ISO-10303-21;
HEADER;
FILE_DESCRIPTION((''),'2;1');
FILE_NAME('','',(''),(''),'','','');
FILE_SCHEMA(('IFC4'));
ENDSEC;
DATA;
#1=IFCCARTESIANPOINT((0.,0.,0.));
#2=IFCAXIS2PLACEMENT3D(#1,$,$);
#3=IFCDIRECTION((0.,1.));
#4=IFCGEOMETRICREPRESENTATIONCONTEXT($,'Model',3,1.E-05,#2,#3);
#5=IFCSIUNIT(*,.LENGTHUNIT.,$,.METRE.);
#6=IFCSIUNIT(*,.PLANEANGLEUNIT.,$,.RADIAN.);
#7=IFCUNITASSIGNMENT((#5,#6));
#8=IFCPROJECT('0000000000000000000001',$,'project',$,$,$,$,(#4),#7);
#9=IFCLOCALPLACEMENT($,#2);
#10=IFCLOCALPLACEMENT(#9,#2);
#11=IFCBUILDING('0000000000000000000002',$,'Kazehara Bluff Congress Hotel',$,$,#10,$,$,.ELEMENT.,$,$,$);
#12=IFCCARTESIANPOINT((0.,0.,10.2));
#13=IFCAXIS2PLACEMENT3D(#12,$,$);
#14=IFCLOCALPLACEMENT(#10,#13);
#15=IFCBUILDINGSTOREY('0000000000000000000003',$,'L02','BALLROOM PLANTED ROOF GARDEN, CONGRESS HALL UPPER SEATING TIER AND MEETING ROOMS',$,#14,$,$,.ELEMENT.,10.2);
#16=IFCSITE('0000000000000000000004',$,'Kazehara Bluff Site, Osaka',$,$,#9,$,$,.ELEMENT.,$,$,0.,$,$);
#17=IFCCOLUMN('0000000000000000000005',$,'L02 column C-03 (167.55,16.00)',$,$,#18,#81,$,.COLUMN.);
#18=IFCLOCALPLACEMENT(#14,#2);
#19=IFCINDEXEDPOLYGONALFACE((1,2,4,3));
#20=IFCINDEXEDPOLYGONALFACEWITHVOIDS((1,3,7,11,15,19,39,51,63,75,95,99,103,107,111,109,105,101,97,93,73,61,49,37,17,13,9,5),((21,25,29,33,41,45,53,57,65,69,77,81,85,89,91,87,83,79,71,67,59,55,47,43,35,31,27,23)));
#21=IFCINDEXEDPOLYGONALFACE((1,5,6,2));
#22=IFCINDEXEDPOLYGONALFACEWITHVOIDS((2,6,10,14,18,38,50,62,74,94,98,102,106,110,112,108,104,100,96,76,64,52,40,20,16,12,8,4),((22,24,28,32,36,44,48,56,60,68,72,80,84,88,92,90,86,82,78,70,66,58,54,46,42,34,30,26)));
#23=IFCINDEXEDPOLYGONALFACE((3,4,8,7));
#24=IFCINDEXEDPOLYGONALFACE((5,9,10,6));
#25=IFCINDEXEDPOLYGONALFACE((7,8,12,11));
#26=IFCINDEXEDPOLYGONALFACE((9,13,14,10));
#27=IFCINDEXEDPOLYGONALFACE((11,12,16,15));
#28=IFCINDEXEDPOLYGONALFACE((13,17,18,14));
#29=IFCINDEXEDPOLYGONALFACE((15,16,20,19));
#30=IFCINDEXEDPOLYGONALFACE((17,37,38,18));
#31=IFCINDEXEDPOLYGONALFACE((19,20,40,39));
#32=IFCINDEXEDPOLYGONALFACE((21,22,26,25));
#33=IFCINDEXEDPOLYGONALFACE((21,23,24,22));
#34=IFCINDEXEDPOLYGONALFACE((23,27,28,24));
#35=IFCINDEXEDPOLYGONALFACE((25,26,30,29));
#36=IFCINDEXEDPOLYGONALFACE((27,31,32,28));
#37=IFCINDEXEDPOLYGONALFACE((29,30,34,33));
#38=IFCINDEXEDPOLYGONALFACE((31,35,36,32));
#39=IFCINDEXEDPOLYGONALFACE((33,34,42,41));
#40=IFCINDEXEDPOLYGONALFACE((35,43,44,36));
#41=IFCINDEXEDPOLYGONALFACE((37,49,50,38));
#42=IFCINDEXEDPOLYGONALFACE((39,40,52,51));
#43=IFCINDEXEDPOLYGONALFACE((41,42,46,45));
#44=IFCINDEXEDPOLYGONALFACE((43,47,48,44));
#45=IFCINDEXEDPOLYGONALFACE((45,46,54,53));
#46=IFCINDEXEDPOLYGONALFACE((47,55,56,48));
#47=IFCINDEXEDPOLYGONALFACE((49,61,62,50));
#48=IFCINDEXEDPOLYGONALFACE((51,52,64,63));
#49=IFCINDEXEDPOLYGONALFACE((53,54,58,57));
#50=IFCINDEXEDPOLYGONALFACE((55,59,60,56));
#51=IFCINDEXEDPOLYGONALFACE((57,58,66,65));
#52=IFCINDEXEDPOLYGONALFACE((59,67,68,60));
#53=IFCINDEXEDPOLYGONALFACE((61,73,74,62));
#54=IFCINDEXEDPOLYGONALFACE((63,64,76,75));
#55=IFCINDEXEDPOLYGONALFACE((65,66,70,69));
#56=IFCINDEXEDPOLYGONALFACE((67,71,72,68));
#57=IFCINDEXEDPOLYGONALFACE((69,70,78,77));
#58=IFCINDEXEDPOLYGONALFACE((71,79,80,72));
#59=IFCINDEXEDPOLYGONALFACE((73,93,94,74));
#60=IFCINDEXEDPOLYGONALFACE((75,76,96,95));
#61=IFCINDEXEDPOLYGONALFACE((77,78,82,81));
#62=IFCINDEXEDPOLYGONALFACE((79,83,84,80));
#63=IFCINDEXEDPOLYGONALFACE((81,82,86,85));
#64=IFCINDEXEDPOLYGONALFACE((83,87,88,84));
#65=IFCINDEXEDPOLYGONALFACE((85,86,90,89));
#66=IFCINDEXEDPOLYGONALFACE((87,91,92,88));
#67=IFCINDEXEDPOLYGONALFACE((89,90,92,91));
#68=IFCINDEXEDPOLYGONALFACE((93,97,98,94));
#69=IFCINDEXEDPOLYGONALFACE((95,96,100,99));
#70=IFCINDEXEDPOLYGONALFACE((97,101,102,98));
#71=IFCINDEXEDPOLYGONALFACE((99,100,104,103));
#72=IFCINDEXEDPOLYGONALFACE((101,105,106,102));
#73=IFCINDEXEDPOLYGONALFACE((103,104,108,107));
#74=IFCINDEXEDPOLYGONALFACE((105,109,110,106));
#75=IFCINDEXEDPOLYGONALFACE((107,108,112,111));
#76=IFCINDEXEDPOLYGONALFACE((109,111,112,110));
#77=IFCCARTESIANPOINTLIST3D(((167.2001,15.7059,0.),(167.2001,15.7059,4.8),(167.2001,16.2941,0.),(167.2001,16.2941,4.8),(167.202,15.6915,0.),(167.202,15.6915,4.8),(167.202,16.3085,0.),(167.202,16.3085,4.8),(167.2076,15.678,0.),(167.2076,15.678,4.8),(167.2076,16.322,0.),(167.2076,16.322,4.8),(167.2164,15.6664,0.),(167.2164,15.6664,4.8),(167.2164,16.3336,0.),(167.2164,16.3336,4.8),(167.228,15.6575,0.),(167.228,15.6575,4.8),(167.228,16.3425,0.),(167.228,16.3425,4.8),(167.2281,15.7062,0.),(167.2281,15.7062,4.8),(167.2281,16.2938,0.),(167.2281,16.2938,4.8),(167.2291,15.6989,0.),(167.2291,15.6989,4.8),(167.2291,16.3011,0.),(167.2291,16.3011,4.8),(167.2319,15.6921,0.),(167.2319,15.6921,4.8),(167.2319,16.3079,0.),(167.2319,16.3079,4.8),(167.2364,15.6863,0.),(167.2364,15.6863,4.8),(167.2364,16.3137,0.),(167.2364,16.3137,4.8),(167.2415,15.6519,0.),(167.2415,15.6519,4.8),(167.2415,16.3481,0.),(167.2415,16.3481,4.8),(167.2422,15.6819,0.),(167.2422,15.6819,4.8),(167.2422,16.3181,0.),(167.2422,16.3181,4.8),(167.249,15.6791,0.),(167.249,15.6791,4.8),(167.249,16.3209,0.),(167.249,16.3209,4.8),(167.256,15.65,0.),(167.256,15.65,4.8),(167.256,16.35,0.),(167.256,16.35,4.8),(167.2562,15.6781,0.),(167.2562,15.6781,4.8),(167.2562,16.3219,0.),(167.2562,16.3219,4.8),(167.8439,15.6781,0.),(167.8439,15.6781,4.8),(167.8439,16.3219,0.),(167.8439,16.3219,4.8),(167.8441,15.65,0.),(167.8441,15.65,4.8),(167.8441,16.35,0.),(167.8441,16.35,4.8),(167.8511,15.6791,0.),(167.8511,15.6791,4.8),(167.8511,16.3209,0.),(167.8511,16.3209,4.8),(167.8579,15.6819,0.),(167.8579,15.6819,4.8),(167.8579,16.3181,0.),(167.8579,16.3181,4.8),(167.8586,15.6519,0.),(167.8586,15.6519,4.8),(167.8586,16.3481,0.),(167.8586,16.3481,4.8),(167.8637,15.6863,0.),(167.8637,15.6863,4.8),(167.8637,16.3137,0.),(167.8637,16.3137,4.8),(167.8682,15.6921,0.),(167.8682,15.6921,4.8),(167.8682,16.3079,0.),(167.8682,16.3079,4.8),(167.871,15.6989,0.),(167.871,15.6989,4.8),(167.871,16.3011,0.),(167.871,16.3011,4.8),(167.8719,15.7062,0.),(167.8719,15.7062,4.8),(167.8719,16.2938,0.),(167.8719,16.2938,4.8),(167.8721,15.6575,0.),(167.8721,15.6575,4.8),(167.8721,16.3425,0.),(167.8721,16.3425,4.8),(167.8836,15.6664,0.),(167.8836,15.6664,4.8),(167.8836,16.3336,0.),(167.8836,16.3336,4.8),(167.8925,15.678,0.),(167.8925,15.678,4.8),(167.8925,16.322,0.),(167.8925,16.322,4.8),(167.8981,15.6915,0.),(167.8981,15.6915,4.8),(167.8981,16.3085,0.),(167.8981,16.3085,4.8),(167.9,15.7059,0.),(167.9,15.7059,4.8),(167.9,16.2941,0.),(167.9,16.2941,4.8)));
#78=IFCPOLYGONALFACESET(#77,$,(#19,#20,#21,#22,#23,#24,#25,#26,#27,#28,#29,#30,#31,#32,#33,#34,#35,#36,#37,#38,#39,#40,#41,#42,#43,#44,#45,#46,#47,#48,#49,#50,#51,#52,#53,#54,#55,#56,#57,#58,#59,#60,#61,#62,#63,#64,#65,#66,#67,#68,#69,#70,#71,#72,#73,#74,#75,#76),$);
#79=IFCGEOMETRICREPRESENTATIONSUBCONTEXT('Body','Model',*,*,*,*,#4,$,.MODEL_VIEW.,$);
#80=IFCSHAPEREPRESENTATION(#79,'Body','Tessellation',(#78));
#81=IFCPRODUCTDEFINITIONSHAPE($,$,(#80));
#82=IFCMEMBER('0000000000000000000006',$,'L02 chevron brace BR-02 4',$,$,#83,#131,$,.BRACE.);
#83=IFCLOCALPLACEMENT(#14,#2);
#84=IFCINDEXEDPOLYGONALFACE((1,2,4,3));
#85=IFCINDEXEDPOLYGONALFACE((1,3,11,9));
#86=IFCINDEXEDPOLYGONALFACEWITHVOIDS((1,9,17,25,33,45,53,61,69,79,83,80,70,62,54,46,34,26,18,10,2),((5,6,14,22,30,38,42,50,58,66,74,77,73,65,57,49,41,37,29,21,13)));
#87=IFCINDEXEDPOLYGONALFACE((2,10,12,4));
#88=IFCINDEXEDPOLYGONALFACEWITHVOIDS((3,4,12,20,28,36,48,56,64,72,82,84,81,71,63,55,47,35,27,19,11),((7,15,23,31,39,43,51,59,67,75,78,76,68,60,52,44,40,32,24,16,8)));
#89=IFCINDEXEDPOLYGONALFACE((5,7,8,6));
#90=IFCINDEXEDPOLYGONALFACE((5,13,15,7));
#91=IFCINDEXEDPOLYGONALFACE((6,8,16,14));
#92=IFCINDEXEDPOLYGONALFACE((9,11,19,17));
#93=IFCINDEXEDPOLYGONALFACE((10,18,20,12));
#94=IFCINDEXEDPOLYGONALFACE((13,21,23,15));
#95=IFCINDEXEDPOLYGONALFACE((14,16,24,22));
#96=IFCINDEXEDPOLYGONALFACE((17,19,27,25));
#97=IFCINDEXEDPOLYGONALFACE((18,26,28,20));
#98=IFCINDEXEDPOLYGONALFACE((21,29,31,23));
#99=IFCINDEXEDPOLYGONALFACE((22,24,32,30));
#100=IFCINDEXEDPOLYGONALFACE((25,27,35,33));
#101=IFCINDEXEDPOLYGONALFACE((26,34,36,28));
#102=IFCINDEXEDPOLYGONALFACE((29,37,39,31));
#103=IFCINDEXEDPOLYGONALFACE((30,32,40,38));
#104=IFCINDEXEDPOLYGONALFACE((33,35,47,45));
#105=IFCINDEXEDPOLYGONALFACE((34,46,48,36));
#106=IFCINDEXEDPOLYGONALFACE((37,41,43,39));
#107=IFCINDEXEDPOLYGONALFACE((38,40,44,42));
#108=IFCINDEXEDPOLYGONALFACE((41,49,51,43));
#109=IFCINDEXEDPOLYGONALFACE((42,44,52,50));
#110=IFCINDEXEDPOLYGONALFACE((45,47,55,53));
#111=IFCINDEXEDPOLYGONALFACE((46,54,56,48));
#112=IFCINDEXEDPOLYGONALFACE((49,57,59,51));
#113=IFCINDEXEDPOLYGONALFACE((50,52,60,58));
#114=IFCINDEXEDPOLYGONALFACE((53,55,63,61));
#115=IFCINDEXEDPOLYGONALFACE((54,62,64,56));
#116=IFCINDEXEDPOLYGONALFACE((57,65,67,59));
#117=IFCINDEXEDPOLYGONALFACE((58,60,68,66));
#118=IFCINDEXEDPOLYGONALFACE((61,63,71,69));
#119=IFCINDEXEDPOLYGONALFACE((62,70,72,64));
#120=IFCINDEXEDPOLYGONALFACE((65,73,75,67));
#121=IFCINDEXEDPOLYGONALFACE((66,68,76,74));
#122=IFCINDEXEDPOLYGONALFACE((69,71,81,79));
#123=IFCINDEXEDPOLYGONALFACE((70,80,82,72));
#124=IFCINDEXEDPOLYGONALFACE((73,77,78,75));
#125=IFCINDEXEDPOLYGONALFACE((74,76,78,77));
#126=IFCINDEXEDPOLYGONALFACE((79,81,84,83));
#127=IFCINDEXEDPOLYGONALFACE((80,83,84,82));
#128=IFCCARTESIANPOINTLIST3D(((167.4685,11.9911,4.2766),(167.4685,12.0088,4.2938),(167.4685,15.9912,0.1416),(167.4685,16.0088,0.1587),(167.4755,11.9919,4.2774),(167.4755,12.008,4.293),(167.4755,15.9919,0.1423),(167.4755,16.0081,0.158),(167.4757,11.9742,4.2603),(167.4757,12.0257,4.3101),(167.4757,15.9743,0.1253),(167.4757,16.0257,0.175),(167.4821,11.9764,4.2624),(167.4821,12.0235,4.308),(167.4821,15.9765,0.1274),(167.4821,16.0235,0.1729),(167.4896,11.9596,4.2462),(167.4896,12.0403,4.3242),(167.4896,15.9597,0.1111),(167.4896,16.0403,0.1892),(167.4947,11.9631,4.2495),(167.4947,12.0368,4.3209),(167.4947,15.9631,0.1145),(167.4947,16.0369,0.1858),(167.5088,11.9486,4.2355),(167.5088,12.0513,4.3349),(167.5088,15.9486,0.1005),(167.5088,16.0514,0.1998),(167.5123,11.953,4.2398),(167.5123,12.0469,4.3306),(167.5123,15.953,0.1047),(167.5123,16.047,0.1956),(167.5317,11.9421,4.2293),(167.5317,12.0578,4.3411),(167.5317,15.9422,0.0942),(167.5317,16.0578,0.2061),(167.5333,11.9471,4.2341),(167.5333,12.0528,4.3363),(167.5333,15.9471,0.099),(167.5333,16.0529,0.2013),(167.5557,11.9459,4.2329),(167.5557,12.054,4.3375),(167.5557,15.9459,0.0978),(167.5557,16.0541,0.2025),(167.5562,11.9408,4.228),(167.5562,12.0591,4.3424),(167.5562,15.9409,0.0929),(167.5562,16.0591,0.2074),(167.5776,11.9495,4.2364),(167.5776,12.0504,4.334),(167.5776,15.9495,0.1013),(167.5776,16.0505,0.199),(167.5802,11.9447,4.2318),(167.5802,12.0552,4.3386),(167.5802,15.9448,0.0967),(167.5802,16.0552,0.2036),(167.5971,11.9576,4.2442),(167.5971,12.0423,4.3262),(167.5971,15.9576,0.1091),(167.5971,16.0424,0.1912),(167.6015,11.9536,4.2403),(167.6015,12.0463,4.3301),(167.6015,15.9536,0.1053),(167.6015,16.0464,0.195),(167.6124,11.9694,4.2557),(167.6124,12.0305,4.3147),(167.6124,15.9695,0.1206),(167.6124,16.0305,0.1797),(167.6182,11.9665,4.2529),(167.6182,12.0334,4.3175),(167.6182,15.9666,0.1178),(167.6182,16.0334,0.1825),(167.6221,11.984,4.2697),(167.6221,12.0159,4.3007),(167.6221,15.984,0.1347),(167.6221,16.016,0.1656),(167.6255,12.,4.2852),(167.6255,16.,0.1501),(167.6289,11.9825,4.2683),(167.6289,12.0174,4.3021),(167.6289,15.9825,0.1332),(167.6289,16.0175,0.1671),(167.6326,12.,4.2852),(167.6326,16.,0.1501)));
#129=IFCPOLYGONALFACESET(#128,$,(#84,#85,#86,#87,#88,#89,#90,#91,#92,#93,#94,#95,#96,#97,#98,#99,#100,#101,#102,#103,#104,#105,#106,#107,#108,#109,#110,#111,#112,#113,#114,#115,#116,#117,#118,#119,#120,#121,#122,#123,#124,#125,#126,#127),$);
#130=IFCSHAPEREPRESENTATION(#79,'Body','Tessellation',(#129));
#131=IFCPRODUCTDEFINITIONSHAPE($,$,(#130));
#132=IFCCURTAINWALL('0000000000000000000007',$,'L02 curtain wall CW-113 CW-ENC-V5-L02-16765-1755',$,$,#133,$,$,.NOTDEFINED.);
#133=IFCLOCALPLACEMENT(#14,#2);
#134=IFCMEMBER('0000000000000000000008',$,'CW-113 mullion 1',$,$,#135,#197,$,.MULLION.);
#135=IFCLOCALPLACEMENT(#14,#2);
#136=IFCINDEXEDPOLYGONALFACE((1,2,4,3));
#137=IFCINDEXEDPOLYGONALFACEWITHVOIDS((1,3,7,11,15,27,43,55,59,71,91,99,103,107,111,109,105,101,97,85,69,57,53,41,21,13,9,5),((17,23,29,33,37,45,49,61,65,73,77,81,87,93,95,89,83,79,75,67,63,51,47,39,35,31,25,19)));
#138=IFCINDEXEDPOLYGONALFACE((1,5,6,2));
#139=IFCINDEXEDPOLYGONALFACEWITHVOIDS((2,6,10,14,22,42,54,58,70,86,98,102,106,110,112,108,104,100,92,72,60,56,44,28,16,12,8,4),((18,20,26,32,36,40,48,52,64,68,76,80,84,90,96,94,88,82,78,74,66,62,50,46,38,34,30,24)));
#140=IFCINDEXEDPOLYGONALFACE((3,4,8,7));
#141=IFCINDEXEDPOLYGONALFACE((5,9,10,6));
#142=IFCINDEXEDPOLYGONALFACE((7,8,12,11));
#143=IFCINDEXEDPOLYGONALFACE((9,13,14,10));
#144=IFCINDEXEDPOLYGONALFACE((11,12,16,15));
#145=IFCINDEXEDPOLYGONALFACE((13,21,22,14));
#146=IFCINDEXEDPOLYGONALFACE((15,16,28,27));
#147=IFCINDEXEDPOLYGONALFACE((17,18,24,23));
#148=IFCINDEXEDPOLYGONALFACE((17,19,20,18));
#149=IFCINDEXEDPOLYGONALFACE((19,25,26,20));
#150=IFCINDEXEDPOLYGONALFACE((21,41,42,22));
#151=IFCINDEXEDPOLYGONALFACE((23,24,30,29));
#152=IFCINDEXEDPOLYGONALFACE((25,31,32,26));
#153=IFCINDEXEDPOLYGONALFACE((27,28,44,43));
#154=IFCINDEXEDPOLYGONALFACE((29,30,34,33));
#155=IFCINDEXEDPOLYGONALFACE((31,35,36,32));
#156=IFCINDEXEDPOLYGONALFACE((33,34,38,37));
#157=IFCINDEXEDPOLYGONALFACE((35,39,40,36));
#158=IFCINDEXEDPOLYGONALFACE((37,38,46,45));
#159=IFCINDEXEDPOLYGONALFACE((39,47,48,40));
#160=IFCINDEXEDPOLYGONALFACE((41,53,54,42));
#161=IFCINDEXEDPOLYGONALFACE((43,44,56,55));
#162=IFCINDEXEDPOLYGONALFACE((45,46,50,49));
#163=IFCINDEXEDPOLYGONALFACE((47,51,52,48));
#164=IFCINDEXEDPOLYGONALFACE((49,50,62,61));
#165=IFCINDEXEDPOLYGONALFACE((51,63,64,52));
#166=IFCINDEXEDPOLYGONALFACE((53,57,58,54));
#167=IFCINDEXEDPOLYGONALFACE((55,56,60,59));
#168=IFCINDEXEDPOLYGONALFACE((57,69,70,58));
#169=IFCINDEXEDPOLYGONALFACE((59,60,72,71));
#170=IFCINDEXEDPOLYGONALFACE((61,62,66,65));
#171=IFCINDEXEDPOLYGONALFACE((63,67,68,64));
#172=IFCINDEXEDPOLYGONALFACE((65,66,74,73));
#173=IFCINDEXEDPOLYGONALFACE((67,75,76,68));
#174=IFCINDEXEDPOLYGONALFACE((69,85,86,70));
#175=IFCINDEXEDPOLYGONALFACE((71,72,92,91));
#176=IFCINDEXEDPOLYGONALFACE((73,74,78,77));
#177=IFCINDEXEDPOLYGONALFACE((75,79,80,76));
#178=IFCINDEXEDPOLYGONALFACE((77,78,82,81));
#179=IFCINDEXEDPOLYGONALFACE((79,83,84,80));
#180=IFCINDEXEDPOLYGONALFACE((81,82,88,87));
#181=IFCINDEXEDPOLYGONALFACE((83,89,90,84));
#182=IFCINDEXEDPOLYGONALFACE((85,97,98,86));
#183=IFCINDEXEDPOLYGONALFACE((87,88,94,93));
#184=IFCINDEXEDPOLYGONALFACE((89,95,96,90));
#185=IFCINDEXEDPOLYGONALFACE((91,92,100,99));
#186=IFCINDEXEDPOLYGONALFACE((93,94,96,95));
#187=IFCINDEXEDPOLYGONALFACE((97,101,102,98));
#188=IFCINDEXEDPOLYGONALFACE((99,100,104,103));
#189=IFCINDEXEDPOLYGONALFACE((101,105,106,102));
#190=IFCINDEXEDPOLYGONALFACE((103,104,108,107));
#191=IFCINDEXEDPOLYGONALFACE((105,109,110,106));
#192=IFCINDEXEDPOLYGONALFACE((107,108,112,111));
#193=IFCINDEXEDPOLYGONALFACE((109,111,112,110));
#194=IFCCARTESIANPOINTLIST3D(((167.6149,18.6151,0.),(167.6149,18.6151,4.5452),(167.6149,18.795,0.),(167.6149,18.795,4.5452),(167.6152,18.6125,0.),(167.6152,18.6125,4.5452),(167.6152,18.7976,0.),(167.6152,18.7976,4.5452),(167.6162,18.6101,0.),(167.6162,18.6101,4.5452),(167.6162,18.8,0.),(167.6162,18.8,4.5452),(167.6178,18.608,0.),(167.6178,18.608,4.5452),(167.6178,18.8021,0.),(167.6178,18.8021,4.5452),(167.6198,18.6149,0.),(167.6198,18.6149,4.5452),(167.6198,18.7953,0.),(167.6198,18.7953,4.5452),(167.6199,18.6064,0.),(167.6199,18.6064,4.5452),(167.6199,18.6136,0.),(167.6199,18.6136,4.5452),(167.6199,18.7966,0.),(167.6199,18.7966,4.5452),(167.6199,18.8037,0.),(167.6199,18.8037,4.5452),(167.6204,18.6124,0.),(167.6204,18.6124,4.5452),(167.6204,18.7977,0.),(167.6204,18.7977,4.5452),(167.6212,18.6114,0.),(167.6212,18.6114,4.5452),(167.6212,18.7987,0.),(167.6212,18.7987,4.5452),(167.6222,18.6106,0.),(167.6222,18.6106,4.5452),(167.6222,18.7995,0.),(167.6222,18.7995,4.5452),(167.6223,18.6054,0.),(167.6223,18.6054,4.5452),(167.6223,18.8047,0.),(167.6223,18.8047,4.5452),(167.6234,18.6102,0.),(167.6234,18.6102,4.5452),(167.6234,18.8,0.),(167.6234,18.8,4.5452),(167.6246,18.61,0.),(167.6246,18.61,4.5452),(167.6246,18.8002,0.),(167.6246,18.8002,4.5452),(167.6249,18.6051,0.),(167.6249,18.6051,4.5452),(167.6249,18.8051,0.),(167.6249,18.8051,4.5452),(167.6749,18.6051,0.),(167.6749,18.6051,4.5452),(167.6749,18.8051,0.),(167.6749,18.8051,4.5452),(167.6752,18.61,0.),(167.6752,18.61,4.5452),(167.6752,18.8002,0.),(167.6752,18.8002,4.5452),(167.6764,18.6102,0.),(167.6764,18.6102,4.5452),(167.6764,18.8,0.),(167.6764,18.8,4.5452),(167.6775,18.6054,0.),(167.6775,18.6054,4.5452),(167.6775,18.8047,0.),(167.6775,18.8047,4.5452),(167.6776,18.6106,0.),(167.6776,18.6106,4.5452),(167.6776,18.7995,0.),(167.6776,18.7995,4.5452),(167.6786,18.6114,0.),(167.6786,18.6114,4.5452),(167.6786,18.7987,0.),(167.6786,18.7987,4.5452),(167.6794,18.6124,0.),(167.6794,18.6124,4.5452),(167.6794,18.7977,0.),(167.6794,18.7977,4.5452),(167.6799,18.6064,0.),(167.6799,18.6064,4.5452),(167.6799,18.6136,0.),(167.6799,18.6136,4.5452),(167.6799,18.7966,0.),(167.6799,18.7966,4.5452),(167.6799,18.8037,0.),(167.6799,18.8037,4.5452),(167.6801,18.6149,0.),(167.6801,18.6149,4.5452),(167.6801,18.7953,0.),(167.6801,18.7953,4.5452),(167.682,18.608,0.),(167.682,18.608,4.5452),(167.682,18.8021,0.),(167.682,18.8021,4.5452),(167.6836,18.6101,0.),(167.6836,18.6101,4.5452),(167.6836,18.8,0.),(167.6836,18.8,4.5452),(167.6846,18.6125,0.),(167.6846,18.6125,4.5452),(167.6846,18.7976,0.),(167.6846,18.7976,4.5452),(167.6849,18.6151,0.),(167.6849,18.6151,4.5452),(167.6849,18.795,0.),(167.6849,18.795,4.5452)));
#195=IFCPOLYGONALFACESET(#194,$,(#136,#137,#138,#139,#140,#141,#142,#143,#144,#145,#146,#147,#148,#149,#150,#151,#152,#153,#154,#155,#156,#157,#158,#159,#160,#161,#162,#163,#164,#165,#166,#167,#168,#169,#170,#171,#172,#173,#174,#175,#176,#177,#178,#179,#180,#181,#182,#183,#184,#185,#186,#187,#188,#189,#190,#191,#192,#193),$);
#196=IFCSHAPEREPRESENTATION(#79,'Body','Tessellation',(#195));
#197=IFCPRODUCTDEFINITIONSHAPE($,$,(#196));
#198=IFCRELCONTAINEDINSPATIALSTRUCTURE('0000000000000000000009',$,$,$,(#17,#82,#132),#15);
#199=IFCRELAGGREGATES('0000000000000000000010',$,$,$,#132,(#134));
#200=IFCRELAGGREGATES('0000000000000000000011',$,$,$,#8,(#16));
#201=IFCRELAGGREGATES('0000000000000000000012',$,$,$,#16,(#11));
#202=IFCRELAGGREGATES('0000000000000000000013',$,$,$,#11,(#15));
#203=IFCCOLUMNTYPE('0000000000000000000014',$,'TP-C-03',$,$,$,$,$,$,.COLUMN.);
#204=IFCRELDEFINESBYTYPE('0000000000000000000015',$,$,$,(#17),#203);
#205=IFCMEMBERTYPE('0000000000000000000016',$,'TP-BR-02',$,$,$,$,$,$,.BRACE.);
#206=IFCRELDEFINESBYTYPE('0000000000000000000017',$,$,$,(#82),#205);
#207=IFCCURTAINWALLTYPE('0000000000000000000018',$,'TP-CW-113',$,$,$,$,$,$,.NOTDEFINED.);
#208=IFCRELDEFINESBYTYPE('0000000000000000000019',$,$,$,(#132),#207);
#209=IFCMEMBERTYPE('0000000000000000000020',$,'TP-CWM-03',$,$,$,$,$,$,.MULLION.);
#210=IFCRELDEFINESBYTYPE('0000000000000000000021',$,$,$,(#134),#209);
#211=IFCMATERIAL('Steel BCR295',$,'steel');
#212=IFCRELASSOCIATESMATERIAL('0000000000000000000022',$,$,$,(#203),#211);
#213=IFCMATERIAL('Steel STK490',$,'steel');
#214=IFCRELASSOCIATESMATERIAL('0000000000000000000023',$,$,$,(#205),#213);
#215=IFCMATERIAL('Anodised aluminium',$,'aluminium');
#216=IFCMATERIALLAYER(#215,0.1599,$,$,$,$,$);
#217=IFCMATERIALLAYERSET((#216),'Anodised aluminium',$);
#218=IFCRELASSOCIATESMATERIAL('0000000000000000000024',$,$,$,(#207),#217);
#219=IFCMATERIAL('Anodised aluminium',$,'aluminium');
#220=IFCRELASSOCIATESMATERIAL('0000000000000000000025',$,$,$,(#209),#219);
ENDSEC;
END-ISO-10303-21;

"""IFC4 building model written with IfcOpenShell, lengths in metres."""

from ifc_helpers import new_model, si_unit, direction, frame, origin, origin_2d, place, context, subcontext, project, spatial, hollow_rectangle, hollow_circle, extrude, material, layer, layer_set, material_profile, profile_set, type_object, element, aggregate, save


model = new_model("IFC4")

# Units and contexts
model_context = context("Model", 3, precision=1e-05, world=origin(), true_north=direction((0.0, 1.0)))
body_context = subcontext(model_context, "Body", "Model", "MODEL_VIEW")
ifc_project = project(units=[si_unit("LENGTHUNIT", "METRE"), si_unit("PLANEANGLEUNIT", "RADIAN")], contexts=[model_context])

# Site, building, storey
site_placement = place(None, origin())
site = spatial("IfcSite", under=ifc_project, at=site_placement, Name="Kazehara Bluff Site, Osaka", CompositionType="ELEMENT", RefElevation=0.0)
building_placement = place(site_placement, origin())
building = spatial("IfcBuilding", under=site, at=building_placement, Name="Kazehara Bluff Congress Hotel", CompositionType="ELEMENT")
storey_placement = place(building_placement, frame((0.0, 0.0, 10.2)))
storey = spatial("IfcBuildingStorey", under=building, at=storey_placement, Name="L02", Description="BALLROOM PLANTED ROOF GARDEN, CONGRESS HALL UPPER SEATING TIER AND MEETING ROOMS", CompositionType="ELEMENT", Elevation=10.2)

# Column
ifc_material_1 = material(Name="Steel BCR295", Category="steel")
ifc_material_profile_1 = material_profile(ifc_material_1, hollow_rectangle(XDim=0.7, YDim=0.7, WallThickness=0.0281, InnerFilletRadius=0.0281, OuterFilletRadius=0.0559, at=origin_2d()))
ifc_profile_set_1 = profile_set([ifc_material_profile_1], Name="Steel BCR295")
column_type = type_object("IfcColumnType", Name="TP-C-03", PredefinedType="COLUMN", material=ifc_profile_set_1)
column_placement = place(storey_placement, frame((167.55, 16.0, 0.0), z_axis=(0.0, 0.0, 1.0), x_axis=(1.0, 0.0, 0.0)))
element("IfcColumn", 1, at=column_placement, inside=storey, type_object=column_type, Name="L02 column C-03 (167.55,16.00)", PredefinedType="COLUMN", context=body_context, shape_type="SweptSolid", body=[
    extrude(hollow_rectangle(XDim=0.7, YDim=0.7, WallThickness=0.0281, InnerFilletRadius=0.0281, OuterFilletRadius=0.0559, at=origin_2d()), origin(), (0.0, 0.0, 1.0), 4.8),
])

# Member
ifc_material_2 = material(Name="Steel STK490", Category="steel")
ifc_material_profile_2 = material_profile(ifc_material_2, hollow_circle(Radius=0.0825, WallThickness=0.0071, at=origin_2d()))
ifc_profile_set_2 = profile_set([ifc_material_profile_2], Name="Steel STK490")
member_type_1 = type_object("IfcMemberType", Name="TP-BR-02", PredefinedType="BRACE", material=ifc_profile_set_2)
member_1_placement = place(storey_placement, frame((167.55, 16.0, 0.1501), z_axis=(0.0, -0.695276, 0.718743), x_axis=(1.0, 0.0, 0.0)))
element("IfcMember", 2, at=member_1_placement, inside=storey, type_object=member_type_1, Name="L02 chevron brace BR-02 4", PredefinedType="BRACE", context=body_context, shape_type="SweptSolid", body=[
    extrude(hollow_circle(Radius=0.0825, WallThickness=0.0071, at=origin_2d()), origin(), (0.0, 0.0, 1.0), 5.7532),
])

# Curtain wall, member
ifc_material_3 = material(Name="Anodised aluminium", Category="aluminium")
ifc_layer_1 = layer(ifc_material_3, 0.1599)
ifc_layer_set_1 = layer_set([ifc_layer_1], Name="Anodised aluminium")
curtain_wall_type = type_object("IfcCurtainWallType", Name="TP-CW-113", PredefinedType="NOTDEFINED", material=ifc_layer_set_1)
curtain_wall_placement = place(storey_placement, origin())
curtain_wall = element("IfcCurtainWall", 3, at=curtain_wall_placement, inside=storey, type_object=curtain_wall_type, Name="L02 curtain wall CW-113 CW-ENC-V5-L02-16765-1755", PredefinedType="NOTDEFINED")
ifc_material_4 = material(Name="Anodised aluminium", Category="aluminium")
ifc_material_profile_3 = material_profile(ifc_material_4, hollow_rectangle(XDim=0.0701, YDim=0.2, WallThickness=0.0049, InnerFilletRadius=0.0049, OuterFilletRadius=0.01, at=origin_2d()))
ifc_profile_set_3 = profile_set([ifc_material_profile_3], Name="Anodised aluminium")
member_type_2 = type_object("IfcMemberType", Name="TP-CWM-03", PredefinedType="MULLION", material=ifc_profile_set_3)
member_2_placement = place(storey_placement, frame((167.6499, 18.7051, 0.0), z_axis=(0.0, 0.0, 1.0), x_axis=(1.0, 0.0, 0.0)))
member_2 = element("IfcMember", 4, at=member_2_placement, type_object=member_type_2, Name="CW-113 mullion 1", PredefinedType="MULLION", context=body_context, shape_type="SweptSolid", body=[
    extrude(hollow_rectangle(XDim=0.0701, YDim=0.2, WallThickness=0.0049, InnerFilletRadius=0.0049, OuterFilletRadius=0.01, at=origin_2d()), origin(), (0.0, 0.0, 1.0), 4.5452),
])

aggregate(curtain_wall, [member_2])

save(model, "model.ifc")
